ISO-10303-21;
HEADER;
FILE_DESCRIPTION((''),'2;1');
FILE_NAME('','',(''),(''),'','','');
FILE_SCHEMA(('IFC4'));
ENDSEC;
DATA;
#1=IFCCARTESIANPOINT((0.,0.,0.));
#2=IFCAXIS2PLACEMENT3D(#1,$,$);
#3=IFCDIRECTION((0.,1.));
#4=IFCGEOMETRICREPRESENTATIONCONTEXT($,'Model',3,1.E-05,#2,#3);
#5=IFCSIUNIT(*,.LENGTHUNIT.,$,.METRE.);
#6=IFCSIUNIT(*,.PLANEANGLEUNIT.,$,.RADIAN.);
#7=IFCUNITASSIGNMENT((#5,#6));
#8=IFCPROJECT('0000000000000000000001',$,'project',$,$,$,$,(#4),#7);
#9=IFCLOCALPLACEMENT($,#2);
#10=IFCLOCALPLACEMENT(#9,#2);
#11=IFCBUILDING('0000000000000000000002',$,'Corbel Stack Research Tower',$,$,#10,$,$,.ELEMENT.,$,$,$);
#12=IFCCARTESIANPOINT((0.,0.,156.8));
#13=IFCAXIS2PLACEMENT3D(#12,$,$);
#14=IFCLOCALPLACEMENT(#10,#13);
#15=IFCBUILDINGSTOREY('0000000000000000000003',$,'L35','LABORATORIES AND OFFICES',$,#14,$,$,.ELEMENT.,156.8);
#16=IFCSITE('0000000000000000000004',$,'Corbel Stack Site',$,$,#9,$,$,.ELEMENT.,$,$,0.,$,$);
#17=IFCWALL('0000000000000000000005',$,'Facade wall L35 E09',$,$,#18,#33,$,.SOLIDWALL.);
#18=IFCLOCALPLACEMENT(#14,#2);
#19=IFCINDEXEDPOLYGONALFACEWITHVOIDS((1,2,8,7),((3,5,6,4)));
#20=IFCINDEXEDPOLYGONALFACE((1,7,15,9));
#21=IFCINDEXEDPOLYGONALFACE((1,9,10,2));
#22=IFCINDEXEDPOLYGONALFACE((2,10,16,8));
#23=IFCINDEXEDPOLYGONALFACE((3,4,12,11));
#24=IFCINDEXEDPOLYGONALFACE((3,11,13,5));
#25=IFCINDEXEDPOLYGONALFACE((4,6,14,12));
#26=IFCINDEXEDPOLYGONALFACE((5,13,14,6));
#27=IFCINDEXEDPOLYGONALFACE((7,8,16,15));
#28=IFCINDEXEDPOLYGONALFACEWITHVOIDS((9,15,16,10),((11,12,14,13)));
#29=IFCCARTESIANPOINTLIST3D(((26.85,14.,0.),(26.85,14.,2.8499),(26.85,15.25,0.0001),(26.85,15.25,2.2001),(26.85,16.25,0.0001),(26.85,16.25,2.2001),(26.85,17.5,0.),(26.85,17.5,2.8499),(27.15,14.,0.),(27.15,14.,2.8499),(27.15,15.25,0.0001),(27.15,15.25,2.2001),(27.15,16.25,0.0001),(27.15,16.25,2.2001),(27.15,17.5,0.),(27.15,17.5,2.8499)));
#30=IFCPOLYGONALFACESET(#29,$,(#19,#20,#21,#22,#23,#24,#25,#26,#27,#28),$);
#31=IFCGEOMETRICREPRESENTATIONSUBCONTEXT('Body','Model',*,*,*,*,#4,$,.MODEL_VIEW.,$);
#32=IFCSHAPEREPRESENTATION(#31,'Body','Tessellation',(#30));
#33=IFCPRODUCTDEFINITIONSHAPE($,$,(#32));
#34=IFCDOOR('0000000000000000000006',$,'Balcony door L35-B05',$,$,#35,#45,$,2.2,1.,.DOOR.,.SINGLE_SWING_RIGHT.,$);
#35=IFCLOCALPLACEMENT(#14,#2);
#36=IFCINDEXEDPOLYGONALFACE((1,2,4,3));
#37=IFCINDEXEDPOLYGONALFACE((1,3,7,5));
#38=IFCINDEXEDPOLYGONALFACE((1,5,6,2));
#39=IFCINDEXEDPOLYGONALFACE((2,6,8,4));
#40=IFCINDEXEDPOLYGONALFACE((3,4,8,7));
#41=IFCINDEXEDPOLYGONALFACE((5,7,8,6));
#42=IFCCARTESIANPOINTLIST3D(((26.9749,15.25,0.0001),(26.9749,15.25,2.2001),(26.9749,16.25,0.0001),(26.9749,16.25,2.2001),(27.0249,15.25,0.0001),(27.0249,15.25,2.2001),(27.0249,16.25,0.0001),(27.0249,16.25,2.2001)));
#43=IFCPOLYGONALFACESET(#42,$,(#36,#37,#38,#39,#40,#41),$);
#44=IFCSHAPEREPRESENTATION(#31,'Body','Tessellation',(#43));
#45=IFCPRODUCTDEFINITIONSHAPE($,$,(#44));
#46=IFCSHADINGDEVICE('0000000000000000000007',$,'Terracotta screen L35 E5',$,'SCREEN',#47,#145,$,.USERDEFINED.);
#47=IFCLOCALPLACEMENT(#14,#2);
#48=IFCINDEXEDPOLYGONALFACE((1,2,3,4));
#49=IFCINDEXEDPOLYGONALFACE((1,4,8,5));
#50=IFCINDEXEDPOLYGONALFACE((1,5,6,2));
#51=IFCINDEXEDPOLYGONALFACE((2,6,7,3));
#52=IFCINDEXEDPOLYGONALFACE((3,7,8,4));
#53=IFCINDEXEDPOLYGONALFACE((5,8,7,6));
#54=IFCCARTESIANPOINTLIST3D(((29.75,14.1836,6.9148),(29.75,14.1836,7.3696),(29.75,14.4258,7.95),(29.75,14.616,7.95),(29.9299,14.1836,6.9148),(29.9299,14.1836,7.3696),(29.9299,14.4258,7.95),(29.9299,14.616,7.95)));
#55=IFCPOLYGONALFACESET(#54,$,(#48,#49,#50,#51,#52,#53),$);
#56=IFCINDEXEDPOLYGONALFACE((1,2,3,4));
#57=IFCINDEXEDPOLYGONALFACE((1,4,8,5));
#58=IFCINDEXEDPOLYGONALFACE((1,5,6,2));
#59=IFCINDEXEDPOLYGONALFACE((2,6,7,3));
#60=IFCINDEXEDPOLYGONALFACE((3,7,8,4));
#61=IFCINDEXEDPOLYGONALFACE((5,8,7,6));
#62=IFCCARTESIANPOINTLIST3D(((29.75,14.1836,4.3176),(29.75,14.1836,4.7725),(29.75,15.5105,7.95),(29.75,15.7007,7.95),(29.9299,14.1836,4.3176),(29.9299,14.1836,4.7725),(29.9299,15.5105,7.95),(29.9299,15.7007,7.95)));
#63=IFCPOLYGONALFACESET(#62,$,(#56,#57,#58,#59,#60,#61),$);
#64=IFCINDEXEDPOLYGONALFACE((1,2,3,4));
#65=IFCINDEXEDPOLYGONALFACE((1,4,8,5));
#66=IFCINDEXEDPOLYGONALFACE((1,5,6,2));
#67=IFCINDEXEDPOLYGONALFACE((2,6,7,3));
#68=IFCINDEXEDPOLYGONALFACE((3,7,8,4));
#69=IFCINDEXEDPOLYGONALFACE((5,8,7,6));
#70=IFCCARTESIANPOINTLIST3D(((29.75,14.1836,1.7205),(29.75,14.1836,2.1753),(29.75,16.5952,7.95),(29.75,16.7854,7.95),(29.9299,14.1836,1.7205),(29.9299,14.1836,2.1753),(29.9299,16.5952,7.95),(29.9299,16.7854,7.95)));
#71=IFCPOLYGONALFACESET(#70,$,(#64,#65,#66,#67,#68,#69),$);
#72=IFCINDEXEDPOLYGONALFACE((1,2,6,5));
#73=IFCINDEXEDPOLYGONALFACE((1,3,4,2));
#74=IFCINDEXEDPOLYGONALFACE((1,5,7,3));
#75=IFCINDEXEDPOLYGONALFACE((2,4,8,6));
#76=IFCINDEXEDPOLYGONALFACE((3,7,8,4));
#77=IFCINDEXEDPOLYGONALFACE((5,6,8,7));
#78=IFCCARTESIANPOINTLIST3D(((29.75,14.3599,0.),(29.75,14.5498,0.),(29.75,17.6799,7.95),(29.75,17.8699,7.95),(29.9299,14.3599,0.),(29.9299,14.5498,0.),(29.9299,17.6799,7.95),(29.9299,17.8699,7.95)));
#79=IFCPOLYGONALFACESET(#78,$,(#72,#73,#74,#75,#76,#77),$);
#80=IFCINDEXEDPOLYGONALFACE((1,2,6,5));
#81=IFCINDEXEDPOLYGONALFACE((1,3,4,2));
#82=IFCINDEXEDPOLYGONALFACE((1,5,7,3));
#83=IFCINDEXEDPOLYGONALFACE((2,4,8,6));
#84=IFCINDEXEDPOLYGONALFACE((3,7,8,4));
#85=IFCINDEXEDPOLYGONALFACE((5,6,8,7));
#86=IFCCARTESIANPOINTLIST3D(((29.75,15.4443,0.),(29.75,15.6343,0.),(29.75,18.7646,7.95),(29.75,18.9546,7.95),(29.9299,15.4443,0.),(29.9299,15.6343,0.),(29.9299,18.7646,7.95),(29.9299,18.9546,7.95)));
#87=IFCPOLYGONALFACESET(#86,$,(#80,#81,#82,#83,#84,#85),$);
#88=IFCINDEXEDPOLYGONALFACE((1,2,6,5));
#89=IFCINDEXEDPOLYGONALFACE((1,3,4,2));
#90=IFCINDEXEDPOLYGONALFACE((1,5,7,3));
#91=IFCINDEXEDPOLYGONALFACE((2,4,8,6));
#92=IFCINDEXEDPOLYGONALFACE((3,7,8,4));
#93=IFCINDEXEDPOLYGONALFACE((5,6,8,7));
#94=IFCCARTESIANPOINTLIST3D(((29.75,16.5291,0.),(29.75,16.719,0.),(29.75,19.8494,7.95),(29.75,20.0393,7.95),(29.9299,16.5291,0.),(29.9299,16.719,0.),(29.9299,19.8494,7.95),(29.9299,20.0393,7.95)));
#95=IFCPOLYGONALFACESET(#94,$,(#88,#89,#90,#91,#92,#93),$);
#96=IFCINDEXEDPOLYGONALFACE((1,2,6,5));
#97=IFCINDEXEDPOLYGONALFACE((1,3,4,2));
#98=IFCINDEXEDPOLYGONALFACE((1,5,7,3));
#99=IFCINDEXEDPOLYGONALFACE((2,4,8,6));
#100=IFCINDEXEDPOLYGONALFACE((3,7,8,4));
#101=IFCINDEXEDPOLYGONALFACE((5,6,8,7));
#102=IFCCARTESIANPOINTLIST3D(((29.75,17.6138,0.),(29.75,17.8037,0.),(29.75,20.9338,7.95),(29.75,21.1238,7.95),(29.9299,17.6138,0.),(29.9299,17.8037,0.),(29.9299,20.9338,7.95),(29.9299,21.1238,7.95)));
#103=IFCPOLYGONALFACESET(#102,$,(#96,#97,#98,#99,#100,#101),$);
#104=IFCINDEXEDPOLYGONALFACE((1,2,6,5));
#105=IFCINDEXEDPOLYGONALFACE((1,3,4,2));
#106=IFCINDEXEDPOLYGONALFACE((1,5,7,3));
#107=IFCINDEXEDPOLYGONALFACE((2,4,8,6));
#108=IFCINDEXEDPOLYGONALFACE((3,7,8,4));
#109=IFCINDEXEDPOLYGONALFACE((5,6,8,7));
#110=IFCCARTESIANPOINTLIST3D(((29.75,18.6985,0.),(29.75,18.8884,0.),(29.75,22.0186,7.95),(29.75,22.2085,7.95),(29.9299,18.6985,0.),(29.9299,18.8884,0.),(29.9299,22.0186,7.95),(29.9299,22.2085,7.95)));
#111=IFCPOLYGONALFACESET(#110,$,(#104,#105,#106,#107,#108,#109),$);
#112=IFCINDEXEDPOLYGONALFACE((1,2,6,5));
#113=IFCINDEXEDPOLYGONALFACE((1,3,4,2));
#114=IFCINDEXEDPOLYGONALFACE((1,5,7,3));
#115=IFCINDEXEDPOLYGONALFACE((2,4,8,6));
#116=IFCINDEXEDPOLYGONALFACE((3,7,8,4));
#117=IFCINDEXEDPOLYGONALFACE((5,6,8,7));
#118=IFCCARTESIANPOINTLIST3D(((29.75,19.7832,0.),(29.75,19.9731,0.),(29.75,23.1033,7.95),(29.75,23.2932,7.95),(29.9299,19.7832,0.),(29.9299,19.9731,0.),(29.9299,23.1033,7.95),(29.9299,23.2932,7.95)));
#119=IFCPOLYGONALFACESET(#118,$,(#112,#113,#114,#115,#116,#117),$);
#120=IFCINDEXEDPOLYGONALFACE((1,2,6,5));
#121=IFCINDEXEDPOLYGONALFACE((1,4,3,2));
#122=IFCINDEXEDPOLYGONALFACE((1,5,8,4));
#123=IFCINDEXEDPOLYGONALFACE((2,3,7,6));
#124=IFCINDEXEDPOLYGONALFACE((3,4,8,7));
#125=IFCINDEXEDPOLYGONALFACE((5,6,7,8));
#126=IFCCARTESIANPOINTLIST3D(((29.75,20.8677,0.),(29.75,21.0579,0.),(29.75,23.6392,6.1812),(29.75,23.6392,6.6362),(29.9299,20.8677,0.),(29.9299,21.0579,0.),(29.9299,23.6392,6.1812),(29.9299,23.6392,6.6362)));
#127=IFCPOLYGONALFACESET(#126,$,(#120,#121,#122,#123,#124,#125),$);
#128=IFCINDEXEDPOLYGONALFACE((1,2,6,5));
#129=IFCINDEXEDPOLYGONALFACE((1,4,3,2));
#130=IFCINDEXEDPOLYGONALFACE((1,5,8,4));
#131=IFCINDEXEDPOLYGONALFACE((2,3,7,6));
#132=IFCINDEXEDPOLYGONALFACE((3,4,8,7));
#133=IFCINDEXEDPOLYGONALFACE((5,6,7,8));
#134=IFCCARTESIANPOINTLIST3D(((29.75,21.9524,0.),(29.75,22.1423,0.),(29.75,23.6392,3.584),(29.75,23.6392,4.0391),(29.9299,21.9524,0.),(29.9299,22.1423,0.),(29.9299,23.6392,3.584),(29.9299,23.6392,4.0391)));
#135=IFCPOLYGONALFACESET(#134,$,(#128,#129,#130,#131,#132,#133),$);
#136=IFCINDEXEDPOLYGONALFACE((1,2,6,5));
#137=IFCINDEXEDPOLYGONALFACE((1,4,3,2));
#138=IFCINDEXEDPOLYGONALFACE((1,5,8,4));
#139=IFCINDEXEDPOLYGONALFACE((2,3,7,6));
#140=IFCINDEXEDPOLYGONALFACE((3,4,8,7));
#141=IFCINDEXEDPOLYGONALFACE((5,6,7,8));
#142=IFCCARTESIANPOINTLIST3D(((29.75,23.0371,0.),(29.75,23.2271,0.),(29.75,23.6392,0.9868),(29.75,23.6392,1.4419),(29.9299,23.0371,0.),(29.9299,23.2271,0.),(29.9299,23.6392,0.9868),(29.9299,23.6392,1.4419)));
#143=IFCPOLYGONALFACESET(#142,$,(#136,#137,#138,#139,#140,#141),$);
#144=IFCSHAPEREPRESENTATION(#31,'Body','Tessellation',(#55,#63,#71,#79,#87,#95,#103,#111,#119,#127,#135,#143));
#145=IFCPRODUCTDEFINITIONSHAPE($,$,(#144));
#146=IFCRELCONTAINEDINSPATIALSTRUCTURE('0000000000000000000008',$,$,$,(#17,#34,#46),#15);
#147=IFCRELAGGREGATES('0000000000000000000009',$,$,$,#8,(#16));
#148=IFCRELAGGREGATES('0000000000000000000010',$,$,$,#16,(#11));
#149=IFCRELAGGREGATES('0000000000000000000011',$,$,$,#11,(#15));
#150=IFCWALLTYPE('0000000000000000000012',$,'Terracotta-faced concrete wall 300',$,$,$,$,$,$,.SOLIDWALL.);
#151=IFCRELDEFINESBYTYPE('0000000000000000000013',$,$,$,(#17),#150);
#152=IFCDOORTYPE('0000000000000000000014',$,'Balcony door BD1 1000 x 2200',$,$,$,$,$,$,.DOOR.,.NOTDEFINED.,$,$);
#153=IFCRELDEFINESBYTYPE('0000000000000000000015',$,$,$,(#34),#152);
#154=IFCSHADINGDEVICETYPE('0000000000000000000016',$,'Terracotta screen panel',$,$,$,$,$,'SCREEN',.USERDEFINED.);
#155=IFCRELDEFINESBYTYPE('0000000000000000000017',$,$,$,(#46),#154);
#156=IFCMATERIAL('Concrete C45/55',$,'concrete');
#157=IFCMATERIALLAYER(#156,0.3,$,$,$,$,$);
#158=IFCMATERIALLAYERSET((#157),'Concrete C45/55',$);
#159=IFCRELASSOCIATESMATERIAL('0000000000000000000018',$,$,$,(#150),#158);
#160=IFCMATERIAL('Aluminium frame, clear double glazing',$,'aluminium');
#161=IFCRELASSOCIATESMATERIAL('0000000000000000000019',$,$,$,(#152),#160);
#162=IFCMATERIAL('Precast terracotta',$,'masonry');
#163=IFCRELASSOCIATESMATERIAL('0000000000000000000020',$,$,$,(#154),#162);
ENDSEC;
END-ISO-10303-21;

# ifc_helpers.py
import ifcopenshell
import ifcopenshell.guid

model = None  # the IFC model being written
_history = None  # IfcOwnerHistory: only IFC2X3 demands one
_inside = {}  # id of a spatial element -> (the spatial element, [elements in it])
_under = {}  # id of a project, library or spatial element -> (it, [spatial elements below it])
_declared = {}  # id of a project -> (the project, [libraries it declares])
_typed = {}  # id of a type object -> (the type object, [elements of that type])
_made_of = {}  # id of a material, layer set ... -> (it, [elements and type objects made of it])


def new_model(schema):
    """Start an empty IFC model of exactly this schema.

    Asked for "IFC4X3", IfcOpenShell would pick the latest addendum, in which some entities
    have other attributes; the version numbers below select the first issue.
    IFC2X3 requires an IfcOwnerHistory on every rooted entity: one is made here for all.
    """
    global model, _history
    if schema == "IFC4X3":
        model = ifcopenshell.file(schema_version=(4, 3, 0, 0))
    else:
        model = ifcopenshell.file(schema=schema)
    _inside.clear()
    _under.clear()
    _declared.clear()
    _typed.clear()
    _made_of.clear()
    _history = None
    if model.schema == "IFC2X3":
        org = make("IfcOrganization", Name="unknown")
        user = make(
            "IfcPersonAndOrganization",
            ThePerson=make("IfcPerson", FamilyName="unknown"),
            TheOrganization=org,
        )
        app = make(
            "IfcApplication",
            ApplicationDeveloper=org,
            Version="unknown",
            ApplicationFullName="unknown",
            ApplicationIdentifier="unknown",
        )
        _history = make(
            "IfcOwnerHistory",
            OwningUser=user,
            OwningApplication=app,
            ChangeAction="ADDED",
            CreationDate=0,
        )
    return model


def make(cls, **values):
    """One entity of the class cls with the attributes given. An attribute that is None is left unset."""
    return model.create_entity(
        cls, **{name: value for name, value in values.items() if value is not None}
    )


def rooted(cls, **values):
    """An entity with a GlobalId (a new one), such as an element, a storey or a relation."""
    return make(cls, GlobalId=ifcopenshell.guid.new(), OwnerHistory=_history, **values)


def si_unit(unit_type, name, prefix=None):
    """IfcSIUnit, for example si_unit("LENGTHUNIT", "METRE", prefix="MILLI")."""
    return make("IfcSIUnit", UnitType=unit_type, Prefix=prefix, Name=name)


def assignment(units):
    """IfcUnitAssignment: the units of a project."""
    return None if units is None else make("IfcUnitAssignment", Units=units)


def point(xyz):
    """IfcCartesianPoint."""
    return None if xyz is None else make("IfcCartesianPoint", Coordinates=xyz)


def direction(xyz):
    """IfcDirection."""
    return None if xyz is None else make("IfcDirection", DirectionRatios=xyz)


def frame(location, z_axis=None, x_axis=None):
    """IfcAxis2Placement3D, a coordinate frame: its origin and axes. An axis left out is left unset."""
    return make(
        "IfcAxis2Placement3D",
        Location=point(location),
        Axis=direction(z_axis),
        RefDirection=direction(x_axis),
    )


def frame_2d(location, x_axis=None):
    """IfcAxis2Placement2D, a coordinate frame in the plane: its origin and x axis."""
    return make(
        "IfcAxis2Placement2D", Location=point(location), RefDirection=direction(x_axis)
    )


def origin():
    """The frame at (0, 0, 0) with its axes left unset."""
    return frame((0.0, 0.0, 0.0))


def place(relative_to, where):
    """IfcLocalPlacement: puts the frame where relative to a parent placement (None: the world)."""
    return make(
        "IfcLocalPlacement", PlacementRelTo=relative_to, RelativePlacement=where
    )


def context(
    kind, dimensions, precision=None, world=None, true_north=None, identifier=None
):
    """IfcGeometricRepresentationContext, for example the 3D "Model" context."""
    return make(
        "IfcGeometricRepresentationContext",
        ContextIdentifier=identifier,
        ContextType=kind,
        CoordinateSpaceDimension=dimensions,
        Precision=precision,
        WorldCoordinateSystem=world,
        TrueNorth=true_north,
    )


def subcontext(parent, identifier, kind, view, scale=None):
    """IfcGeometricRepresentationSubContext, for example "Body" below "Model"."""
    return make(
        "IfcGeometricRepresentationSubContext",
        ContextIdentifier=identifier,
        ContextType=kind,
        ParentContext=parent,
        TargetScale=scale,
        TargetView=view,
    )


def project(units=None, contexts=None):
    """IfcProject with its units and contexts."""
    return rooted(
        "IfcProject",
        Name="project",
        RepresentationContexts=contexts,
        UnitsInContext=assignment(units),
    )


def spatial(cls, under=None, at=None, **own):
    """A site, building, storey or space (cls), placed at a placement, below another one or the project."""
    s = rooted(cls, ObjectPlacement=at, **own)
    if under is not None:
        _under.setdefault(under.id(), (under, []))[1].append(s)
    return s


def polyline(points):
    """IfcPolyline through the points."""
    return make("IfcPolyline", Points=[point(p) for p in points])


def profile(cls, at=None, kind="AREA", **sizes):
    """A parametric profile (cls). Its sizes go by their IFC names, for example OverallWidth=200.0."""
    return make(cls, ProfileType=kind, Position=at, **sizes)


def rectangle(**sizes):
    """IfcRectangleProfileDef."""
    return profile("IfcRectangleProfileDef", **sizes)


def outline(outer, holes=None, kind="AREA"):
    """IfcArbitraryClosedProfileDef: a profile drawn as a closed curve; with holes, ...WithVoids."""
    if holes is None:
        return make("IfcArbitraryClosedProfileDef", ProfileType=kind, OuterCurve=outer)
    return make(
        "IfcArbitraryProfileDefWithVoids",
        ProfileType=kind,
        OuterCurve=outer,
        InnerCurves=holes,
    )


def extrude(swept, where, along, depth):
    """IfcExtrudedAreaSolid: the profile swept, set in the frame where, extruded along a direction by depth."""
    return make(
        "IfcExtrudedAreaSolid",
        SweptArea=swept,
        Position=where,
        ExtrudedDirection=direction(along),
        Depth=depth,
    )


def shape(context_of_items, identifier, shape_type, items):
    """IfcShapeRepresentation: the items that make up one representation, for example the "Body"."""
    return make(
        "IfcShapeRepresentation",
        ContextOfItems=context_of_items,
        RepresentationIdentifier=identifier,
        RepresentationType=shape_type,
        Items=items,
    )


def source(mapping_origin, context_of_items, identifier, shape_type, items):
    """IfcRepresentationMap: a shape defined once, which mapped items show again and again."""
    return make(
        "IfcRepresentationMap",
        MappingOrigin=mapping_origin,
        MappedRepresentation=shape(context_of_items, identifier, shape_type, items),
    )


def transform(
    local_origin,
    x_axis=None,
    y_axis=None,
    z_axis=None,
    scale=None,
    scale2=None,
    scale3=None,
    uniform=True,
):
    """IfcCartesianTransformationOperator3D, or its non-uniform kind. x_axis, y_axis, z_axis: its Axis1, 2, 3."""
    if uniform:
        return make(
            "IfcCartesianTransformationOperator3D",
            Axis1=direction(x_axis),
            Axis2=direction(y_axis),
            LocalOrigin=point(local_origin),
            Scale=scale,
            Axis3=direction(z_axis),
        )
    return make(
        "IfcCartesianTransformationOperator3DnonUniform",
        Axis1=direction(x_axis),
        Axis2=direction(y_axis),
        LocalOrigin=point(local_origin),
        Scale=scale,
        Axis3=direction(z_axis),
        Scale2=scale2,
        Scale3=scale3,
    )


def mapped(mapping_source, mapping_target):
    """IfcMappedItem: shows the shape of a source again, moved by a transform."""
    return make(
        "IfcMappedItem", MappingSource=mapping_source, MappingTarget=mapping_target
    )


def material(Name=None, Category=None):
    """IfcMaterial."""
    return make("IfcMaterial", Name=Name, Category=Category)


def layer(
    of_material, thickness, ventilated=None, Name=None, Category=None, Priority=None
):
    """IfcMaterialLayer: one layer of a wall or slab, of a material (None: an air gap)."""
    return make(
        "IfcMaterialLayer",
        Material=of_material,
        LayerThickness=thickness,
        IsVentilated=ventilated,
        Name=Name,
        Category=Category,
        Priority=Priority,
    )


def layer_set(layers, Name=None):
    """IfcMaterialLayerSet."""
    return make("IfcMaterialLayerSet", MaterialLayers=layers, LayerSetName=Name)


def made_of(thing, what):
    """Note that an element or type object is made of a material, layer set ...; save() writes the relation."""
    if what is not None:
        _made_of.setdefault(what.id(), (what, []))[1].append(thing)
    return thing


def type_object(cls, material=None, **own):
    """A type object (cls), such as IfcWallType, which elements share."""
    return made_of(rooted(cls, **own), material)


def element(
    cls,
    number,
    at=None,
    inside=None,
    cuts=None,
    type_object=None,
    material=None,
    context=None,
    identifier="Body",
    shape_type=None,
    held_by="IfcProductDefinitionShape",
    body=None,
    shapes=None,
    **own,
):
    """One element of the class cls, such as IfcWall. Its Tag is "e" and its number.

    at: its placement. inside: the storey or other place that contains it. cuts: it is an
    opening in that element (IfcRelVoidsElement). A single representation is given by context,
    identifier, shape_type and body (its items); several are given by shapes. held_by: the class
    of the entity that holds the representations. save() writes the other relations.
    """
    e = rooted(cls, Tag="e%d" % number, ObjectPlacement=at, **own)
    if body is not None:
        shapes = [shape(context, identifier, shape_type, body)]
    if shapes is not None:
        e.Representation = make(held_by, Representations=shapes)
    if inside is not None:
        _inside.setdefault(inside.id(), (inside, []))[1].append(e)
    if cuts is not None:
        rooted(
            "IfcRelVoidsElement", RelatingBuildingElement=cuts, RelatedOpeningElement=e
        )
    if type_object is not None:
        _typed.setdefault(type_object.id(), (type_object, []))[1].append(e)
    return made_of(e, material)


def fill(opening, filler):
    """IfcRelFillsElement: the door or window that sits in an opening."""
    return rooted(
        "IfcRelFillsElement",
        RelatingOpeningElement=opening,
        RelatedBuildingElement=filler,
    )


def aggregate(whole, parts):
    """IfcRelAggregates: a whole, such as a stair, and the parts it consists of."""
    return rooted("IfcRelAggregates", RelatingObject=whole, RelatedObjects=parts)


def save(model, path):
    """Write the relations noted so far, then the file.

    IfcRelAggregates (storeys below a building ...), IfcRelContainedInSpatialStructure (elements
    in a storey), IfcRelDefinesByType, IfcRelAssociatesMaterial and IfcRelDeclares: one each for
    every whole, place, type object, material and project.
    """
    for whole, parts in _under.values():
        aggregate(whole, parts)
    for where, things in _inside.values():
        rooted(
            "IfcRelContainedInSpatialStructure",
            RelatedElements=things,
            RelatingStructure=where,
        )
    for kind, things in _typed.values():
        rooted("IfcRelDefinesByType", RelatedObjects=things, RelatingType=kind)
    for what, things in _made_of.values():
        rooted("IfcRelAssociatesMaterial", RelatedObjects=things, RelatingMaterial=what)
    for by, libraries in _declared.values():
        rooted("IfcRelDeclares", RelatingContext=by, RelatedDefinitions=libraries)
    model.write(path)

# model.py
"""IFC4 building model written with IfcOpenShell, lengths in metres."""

from ifc_helpers import new_model, si_unit, direction, frame, frame_2d, origin, place, context, subcontext, project, spatial, polyline, rectangle, outline, extrude, source, transform, mapped, material, layer, layer_set, type_object, element, fill, save


model = new_model("IFC4")

# Units and contexts
model_context = context("Model", 3, precision=1e-05, world=origin(), true_north=direction((0.0, 1.0)))
body_context = subcontext(model_context, "Body", "Model", "MODEL_VIEW")
ifc_project = project(units=[si_unit("LENGTHUNIT", "METRE"), si_unit("PLANEANGLEUNIT", "RADIAN")], contexts=[model_context])

# Site, building, storey
site_placement = place(None, origin())
site = spatial("IfcSite", under=ifc_project, at=site_placement, Name="Corbel Stack Site", CompositionType="ELEMENT", RefElevation=0.0)
building_placement = place(site_placement, origin())
building = spatial("IfcBuilding", under=site, at=building_placement, Name="Corbel Stack Research Tower", CompositionType="ELEMENT")
storey_placement = place(building_placement, frame((0.0, 0.0, 156.8)))
storey = spatial("IfcBuildingStorey", under=building, at=storey_placement, Name="L35", Description="LABORATORIES AND OFFICES", CompositionType="ELEMENT", Elevation=156.8)

# Shared definitions
ifc_material_1 = material(Name="Concrete C45/55", Category="concrete")
ifc_layer_1 = layer(ifc_material_1, 0.3)
ifc_layer_set_1 = layer_set([ifc_layer_1], Name="Concrete C45/55")
wall_type_1 = type_object("IfcWallType", Name="Terracotta-faced concrete wall 300", PredefinedType="SOLIDWALL", material=ifc_layer_set_1)

# Wall, opening, door
wall_1_placement = place(storey_placement, frame((27.0, 17.5, 0.0), z_axis=(0.0, 0.0, 1.0), x_axis=(0.0, -1.0, 0.0)))
wall_1 = element("IfcWall", 1, at=wall_1_placement, inside=storey, type_object=wall_type_1, Name="Facade wall L35 E09", PredefinedType="SOLIDWALL", context=body_context, shape_type="SweptSolid", body=[
    extrude(rectangle(XDim=3.5, YDim=0.3, at=frame_2d((1.75, 0.0))), origin(), (0.0, 0.0, 1.0), 2.8499),
])
opening_1_placement = place(wall_1_placement, frame((1.25, 0.0, 0.0)))
opening_1 = element("IfcOpeningElement", 2, at=opening_1_placement, cuts=wall_1, PredefinedType="OPENING", context=body_context, shape_type="SweptSolid", body=[
    extrude(rectangle(XDim=1.0, YDim=2.2, at=frame_2d((0.5, 1.1001))), frame((0.0, 0.1599, 0.0), z_axis=(0.0, -1.0, 0.0), x_axis=(1.0, 0.0, 0.0)), (0.0, 0.0, 1.0), 0.3201),
])
ifc_material_2 = material(Name="Aluminium frame, clear double glazing", Category="aluminium")
door_type_1 = type_object("IfcDoorType", Name="Balcony door BD1 1000 x 2200", OperationType="NOTDEFINED", PredefinedType="DOOR", material=ifc_material_2)
door_1_placement = place(opening_1_placement, origin())
door_1 = element("IfcDoor", 3, at=door_1_placement, inside=storey, type_object=door_type_1, Name="Balcony door L35-B05", OperationType="SINGLE_SWING_RIGHT", OverallHeight=2.2, OverallWidth=1.0, PredefinedType="DOOR", context=body_context, shape_type="SweptSolid", body=[
    extrude(rectangle(XDim=1.0, YDim=2.2, at=frame_2d((0.5, 1.1001))), frame((0.0, 0.0249, 0.0), z_axis=(0.0, -1.0, 0.0), x_axis=(1.0, 0.0, 0.0)), (0.0, 0.0, 1.0), 0.05),
])
fill(opening_1, door_1)

# Shading device
ifc_material_3 = material(Name="Precast terracotta", Category="masonry")
shading_device_type = type_object("IfcShadingDeviceType", Name="Terracotta screen panel", ElementType="SCREEN", PredefinedType="USERDEFINED", material=ifc_material_3)
shared_shape_1 = source(origin(), body_context, "Body", "SweptSolid", [
    extrude(outline(polyline([(0.4324, 7.95), (0.2422, 7.95), (0.0, 7.3696), (0.0, 6.9148), (0.4324, 7.95)])), frame((0.0, 0.0, 0.0), z_axis=(0.0, -1.0, 0.0), x_axis=(1.0, 0.0, 0.0)), (0.0, 0.0, 1.0), 0.1799),
    extrude(outline(polyline([(1.5171, 7.95), (1.3269, 7.95), (0.0, 4.7725), (0.0, 4.3176), (1.5171, 7.95)])), frame((0.0, 0.0, 0.0), z_axis=(0.0, -1.0, 0.0), x_axis=(1.0, 0.0, 0.0)), (0.0, 0.0, 1.0), 0.1799),
    extrude(outline(polyline([(2.6018, 7.95), (2.4116, 7.95), (0.0, 2.1753), (0.0, 1.7205), (2.6018, 7.95)])), frame((0.0, 0.0, 0.0), z_axis=(0.0, -1.0, 0.0), x_axis=(1.0, 0.0, 0.0)), (0.0, 0.0, 1.0), 0.1799),
    extrude(outline(polyline([(0.3662, 0.0), (3.6863, 7.95), (3.4963, 7.95), (0.1763, 0.0), (0.3662, 0.0)])), frame((0.0, 0.0, 0.0), z_axis=(0.0, -1.0, 0.0), x_axis=(1.0, 0.0, 0.0)), (0.0, 0.0, 1.0), 0.1799),
    extrude(outline(polyline([(1.4507, 0.0), (4.771, 7.95), (4.5811, 7.95), (1.2607, 0.0), (1.4507, 0.0)])), frame((0.0, 0.0, 0.0), z_axis=(0.0, -1.0, 0.0), x_axis=(1.0, 0.0, 0.0)), (0.0, 0.0, 1.0), 0.1799),
    extrude(outline(polyline([(2.5354, 0.0), (5.8557, 7.95), (5.6658, 7.95), (2.3455, 0.0), (2.5354, 0.0)])), frame((0.0, 0.0, 0.0), z_axis=(0.0, -1.0, 0.0), x_axis=(1.0, 0.0, 0.0)), (0.0, 0.0, 1.0), 0.1799),
    extrude(outline(polyline([(3.6201, 0.0), (6.9402, 7.95), (6.7502, 7.95), (3.4302, 0.0), (3.6201, 0.0)])), frame((0.0, 0.0, 0.0), z_axis=(0.0, -1.0, 0.0), x_axis=(1.0, 0.0, 0.0)), (0.0, 0.0, 1.0), 0.1799),
    extrude(outline(polyline([(4.7048, 0.0), (8.0249, 7.95), (7.835, 7.95), (4.5149, 0.0), (4.7048, 0.0)])), frame((0.0, 0.0, 0.0), z_axis=(0.0, -1.0, 0.0), x_axis=(1.0, 0.0, 0.0)), (0.0, 0.0, 1.0), 0.1799),
    extrude(outline(polyline([(5.7896, 0.0), (9.1096, 7.95), (8.9197, 7.95), (5.5996, 0.0), (5.7896, 0.0)])), frame((0.0, 0.0, 0.0), z_axis=(0.0, -1.0, 0.0), x_axis=(1.0, 0.0, 0.0)), (0.0, 0.0, 1.0), 0.1799),
    extrude(outline(polyline([(6.8743, 0.0), (9.4556, 6.1812), (9.4556, 6.6362), (6.6841, 0.0), (6.8743, 0.0)])), frame((0.0, 0.0, 0.0), z_axis=(0.0, -1.0, 0.0), x_axis=(1.0, 0.0, 0.0)), (0.0, 0.0, 1.0), 0.1799),
    extrude(outline(polyline([(7.9587, 0.0), (9.4556, 3.584), (9.4556, 4.0391), (7.7688, 0.0), (7.9587, 0.0)])), frame((0.0, 0.0, 0.0), z_axis=(0.0, -1.0, 0.0), x_axis=(1.0, 0.0, 0.0)), (0.0, 0.0, 1.0), 0.1799),
    extrude(outline(polyline([(9.0435, 0.0), (9.4556, 0.9868), (9.4556, 1.4419), (8.8535, 0.0), (9.0435, 0.0)])), frame((0.0, 0.0, 0.0), z_axis=(0.0, -1.0, 0.0), x_axis=(1.0, 0.0, 0.0)), (0.0, 0.0, 1.0), 0.1799),
])
shading_device_1_placement = place(storey_placement, frame((29.75, 14.1836, 0.0), z_axis=(0.0, 0.0, 1.0), x_axis=(0.0, 1.0, 0.0)))
element("IfcShadingDevice", 4, at=shading_device_1_placement, inside=storey, type_object=shading_device_type, Name="Terracotta screen L35 E5", ObjectType="SCREEN", PredefinedType="USERDEFINED", context=body_context, shape_type="MappedRepresentation", body=[
    mapped(shared_shape_1, transform((0.0, 0.0, 0.0))),
])

save(model, "model.ifc")
